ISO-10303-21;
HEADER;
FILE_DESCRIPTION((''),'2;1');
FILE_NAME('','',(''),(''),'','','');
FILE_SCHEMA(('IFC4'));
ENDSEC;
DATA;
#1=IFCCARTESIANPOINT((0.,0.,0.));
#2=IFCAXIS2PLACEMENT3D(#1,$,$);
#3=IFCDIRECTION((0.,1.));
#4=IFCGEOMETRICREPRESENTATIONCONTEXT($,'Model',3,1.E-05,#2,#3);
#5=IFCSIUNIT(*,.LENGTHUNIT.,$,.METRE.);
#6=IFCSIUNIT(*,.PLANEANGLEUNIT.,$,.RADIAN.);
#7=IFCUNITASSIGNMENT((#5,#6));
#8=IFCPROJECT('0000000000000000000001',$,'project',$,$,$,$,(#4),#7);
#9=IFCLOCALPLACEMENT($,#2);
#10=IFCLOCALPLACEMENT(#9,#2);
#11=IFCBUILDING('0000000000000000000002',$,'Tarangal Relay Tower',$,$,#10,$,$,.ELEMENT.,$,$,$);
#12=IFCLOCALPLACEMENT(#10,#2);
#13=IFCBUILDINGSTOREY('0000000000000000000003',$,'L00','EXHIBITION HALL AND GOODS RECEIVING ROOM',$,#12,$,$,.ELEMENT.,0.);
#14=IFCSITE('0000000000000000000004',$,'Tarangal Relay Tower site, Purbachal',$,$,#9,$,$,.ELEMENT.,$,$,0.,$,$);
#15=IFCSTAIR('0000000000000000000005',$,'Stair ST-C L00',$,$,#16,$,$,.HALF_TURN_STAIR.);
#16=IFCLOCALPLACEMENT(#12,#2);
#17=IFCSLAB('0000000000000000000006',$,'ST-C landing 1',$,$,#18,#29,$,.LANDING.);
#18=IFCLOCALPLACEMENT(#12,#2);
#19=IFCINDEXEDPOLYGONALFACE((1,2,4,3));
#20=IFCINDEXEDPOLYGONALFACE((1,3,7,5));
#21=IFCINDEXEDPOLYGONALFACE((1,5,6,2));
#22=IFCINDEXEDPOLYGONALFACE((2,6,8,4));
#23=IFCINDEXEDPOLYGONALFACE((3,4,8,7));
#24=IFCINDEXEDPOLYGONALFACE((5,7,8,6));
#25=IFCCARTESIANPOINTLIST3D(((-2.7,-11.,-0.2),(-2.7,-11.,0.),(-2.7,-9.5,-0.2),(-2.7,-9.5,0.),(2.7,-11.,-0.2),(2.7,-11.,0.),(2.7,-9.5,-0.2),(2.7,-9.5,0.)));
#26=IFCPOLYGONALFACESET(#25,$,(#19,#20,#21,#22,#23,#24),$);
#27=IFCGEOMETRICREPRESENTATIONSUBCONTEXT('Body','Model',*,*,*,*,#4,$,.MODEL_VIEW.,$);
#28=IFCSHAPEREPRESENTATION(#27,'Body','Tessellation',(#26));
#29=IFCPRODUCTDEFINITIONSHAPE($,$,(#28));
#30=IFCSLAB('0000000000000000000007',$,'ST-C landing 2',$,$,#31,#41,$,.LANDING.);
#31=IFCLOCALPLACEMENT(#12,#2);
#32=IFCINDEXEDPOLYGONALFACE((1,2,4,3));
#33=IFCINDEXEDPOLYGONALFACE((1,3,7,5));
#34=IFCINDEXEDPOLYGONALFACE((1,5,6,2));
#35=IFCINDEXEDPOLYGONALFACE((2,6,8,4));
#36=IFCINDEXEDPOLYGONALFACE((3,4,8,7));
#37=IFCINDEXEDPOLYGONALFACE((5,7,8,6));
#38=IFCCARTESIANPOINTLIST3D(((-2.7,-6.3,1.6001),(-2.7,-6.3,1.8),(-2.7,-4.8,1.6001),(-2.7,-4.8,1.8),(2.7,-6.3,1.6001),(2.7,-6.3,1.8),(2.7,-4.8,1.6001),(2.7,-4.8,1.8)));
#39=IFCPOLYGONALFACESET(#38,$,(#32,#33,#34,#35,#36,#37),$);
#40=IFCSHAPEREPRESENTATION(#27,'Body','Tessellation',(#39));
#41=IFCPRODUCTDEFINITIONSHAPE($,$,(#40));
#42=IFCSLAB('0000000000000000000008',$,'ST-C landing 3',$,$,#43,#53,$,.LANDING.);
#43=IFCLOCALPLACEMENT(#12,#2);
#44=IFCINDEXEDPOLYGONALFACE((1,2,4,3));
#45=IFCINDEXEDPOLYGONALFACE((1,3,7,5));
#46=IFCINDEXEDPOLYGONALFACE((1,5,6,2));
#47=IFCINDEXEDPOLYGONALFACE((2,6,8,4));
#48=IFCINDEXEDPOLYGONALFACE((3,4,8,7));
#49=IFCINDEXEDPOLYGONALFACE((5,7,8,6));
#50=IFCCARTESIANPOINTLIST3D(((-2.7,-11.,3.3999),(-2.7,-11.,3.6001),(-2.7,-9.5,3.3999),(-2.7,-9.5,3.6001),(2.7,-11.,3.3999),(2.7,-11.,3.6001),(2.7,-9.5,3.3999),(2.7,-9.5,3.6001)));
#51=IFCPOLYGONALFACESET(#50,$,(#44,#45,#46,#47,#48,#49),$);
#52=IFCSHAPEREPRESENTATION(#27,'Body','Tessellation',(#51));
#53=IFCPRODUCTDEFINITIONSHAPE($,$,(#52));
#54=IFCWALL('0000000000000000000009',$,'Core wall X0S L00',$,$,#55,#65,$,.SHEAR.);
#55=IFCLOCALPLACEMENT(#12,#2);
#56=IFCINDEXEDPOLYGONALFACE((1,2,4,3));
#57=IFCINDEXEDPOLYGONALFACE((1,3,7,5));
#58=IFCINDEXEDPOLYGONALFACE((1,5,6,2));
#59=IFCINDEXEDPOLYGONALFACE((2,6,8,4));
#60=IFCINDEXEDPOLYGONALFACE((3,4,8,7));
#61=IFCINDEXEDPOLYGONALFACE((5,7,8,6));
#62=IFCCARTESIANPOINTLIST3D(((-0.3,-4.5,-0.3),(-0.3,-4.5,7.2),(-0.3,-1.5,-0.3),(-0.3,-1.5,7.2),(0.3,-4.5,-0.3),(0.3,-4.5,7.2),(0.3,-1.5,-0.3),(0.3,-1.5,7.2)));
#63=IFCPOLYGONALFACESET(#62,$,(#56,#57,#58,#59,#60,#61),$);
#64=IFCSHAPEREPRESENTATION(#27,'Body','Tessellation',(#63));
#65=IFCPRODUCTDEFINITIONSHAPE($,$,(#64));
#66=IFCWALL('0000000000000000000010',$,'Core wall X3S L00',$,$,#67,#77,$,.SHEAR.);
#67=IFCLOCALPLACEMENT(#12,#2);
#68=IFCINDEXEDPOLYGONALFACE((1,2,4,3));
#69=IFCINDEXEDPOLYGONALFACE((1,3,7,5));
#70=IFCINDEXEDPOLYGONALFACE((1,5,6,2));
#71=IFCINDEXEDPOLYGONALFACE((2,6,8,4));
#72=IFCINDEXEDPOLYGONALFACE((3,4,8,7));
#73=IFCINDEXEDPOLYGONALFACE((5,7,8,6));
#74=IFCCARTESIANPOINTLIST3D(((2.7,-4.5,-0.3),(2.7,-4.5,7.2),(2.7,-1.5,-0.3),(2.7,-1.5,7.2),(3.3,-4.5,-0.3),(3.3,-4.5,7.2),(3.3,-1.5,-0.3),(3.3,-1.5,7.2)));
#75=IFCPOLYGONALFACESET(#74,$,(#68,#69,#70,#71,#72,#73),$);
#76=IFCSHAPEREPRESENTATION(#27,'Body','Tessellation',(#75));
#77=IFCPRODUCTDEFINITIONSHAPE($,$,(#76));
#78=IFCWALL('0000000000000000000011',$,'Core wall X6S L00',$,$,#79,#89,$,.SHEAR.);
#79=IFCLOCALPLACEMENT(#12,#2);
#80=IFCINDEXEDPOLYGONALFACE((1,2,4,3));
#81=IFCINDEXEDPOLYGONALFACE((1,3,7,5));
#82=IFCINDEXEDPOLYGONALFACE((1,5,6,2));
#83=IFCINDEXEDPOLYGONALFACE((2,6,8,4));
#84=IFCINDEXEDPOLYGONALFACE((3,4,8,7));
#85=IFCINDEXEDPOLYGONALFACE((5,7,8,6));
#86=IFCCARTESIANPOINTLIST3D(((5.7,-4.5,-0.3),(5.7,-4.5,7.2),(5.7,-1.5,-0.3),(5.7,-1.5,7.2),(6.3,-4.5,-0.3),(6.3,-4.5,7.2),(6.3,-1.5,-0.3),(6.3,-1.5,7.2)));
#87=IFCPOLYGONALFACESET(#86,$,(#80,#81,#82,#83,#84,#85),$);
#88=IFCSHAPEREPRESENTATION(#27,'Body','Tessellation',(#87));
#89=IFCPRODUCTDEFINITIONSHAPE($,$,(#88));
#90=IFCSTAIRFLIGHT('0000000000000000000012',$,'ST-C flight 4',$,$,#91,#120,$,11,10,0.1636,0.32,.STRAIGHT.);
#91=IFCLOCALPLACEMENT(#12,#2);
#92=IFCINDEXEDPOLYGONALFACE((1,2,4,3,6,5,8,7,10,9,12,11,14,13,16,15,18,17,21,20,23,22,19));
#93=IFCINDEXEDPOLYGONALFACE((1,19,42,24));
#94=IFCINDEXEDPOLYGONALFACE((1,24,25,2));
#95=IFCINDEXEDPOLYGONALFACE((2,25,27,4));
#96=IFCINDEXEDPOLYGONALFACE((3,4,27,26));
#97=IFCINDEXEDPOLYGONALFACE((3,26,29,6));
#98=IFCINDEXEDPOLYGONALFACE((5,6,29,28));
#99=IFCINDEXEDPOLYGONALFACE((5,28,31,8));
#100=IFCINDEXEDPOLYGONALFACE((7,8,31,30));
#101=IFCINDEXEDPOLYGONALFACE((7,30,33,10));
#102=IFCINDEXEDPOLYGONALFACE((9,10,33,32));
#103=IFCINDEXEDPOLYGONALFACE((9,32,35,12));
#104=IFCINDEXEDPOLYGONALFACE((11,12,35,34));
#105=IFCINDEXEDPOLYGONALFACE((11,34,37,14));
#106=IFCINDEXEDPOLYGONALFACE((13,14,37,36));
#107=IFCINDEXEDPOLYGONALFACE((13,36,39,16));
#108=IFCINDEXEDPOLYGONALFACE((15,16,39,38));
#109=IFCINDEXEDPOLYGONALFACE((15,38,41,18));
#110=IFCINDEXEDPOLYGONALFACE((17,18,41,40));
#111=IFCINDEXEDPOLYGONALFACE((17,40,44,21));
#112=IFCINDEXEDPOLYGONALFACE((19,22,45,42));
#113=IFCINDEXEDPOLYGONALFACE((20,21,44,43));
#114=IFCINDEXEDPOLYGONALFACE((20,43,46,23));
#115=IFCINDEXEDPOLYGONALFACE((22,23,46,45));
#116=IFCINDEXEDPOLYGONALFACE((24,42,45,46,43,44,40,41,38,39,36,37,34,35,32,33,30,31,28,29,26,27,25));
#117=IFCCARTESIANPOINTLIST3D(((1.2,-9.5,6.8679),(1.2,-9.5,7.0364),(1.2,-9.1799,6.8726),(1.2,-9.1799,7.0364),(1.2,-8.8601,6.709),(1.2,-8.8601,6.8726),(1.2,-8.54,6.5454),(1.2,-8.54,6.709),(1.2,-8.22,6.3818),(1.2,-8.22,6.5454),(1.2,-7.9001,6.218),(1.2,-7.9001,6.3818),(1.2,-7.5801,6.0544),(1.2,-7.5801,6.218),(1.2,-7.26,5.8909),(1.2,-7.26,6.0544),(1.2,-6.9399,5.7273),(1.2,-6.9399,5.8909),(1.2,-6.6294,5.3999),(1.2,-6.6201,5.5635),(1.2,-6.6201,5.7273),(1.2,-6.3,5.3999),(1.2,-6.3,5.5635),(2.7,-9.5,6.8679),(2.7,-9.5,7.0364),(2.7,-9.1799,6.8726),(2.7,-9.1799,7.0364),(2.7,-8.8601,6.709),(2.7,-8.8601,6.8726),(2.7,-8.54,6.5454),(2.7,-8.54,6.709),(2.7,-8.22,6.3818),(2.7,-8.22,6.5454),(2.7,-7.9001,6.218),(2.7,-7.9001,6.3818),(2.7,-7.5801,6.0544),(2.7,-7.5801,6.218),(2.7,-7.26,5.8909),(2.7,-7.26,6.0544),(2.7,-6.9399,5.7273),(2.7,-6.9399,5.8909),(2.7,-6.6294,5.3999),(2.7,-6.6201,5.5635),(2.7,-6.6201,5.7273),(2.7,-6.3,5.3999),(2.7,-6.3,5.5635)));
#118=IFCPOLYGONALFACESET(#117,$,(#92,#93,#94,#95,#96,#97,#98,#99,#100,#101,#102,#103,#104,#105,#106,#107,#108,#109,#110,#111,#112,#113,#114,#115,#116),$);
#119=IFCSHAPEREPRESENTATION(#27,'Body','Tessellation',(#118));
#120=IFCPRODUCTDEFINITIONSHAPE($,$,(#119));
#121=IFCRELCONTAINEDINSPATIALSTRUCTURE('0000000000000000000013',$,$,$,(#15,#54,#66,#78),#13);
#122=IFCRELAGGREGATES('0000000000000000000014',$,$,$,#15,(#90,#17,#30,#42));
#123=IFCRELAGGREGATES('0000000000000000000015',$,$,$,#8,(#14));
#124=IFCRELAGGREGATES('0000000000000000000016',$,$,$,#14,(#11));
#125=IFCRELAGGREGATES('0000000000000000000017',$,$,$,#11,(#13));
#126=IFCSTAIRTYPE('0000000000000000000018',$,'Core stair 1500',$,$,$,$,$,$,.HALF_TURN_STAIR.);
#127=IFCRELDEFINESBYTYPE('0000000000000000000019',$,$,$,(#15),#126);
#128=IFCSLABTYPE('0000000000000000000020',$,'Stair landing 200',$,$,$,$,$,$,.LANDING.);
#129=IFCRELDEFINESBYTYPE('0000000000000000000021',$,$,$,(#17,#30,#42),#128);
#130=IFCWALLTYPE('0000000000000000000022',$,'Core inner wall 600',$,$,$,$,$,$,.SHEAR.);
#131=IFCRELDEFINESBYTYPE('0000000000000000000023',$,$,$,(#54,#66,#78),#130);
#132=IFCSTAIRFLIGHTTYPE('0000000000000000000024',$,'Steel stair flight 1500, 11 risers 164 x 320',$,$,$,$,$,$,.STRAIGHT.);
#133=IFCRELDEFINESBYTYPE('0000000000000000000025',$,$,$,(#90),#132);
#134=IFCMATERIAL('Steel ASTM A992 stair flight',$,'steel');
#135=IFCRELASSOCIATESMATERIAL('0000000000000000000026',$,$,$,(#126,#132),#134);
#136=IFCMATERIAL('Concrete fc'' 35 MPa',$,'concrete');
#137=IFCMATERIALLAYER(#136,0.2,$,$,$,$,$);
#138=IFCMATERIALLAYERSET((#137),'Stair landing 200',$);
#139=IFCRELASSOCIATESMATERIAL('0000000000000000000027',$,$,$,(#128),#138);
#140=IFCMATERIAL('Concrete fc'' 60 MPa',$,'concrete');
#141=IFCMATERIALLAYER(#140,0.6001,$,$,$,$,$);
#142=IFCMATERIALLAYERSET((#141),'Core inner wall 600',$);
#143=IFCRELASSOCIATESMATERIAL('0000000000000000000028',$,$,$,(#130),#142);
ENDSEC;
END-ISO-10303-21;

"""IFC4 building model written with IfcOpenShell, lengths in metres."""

from ifc_helpers import new_model, si_unit, direction, frame, frame_2d, origin, place, context, subcontext, project, spatial, polyline, rectangle, outline, extrude, material, layer, layer_set, type_object, element, aggregate, save


model = new_model("IFC4")

# Units and contexts
model_context = context("Model", 3, precision=1e-05, world=origin(), true_north=direction((0.0, 1.0)))
body_context = subcontext(model_context, "Body", "Model", "MODEL_VIEW")
ifc_project = project(units=[si_unit("LENGTHUNIT", "METRE"), si_unit("PLANEANGLEUNIT", "RADIAN")], contexts=[model_context])

# Site, building, storey
site_placement = place(None, origin())
site = spatial("IfcSite", under=ifc_project, at=site_placement, Name="Tarangal Relay Tower site, Purbachal", CompositionType="ELEMENT", RefElevation=0.0)
building_placement = place(site_placement, origin())
building = spatial("IfcBuilding", under=site, at=building_placement, Name="Tarangal Relay Tower", CompositionType="ELEMENT")
storey_placement = place(building_placement, origin())
storey = spatial("IfcBuildingStorey", under=building, at=storey_placement, Name="L00", Description="EXHIBITION HALL AND GOODS RECEIVING ROOM", CompositionType="ELEMENT", Elevation=0.0)

# Stair, slabs
ifc_material_1 = material(Name="Steel ASTM A992 stair flight", Category="steel")
stair_type = type_object("IfcStairType", Name="Core stair 1500", PredefinedType="HALF_TURN_STAIR", material=ifc_material_1)
ifc_material_2 = material(Name="Concrete fc' 35 MPa", Category="concrete")
ifc_layer_1 = layer(ifc_material_2, 0.2)
ifc_layer_set_1 = layer_set([ifc_layer_1], Name="Stair landing 200")
slab_type = type_object("IfcSlabType", Name="Stair landing 200", PredefinedType="LANDING", material=ifc_layer_set_1)
stair_1_placement = place(storey_placement, origin())
stair_1 = element("IfcStair", 1, at=stair_1_placement, inside=storey, type_object=stair_type, Name="Stair ST-C L00", PredefinedType="HALF_TURN_STAIR")
slab_1_placement = place(storey_placement, frame((0.0, 0.0, -0.2)))
slab_1 = element("IfcSlab", 2, at=slab_1_placement, type_object=slab_type, Name="ST-C landing 1", PredefinedType="LANDING", context=body_context, shape_type="SweptSolid", body=[
    extrude(outline(polyline([(-2.7, -11.0), (2.7, -11.0), (2.7, -9.5), (-2.7, -9.5), (-2.7, -11.0)])), origin(), (0.0, 0.0, 1.0), 0.2),
])
slab_2_placement = place(storey_placement, frame((0.0, 0.0, 1.6001)))
slab_2 = element("IfcSlab", 3, at=slab_2_placement, type_object=slab_type, Name="ST-C landing 2", PredefinedType="LANDING", context=body_context, shape_type="SweptSolid", body=[
    extrude(outline(polyline([(-2.7, -6.3), (2.7, -6.3), (2.7, -4.8), (-2.7, -4.8), (-2.7, -6.3)])), origin(), (0.0, 0.0, 1.0), 0.2),
])
slab_3_placement = place(storey_placement, frame((0.0, 0.0, 3.3999)))
slab_3 = element("IfcSlab", 4, at=slab_3_placement, type_object=slab_type, Name="ST-C landing 3", PredefinedType="LANDING", context=body_context, shape_type="SweptSolid", body=[
    extrude(outline(polyline([(-2.7, -11.0), (2.7, -11.0), (2.7, -9.5), (-2.7, -9.5), (-2.7, -11.0)])), origin(), (0.0, 0.0, 1.0), 0.2002),
])

# Walls
ifc_material_3 = material(Name="Concrete fc' 60 MPa", Category="concrete")
ifc_layer_2 = layer(ifc_material_3, 0.6001)
ifc_layer_set_2 = layer_set([ifc_layer_2], Name="Core inner wall 600")
wall_type = type_object("IfcWallType", Name="Core inner wall 600", PredefinedType="SHEAR", material=ifc_layer_set_2)
for number, where, z_axis, x_axis, name in (
    (5, (0.0, -4.5, -0.3), (0.0, 0.0, 1.0), (0.0, 1.0, 0.0), "Core wall X0S L00"),
    (6, (3.0, -4.5, -0.3), (0.0, 0.0, 1.0), (0.0, 1.0, 0.0), "Core wall X3S L00"),
    (7, (6.0, -4.5, -0.3), (0.0, 0.0, 1.0), (0.0, 1.0, 0.0), "Core wall X6S L00"),
):
    element("IfcWall", number, at=place(storey_placement, frame(where, z_axis=z_axis, x_axis=x_axis)), inside=storey, type_object=wall_type, Name=name, PredefinedType="SHEAR", context=body_context, shape_type="SweptSolid", body=[
        extrude(rectangle(XDim=3.0, YDim=0.6001, at=frame_2d((1.5, 0.0))), origin(), (0.0, 0.0, 1.0), 7.5),
    ])

# Stair flight
stair_flight_type = type_object("IfcStairFlightType", Name="Steel stair flight 1500, 11 risers 164 x 320", PredefinedType="STRAIGHT", material=ifc_material_1)
stair_flight_placement = place(storey_placement, frame((1.95, -6.3, 5.3999), z_axis=(0.0, 0.0, 1.0), x_axis=(0.0, -1.0, 0.0)))
stair_flight = element("IfcStairFlight", 8, at=stair_flight_placement, type_object=stair_flight_type, Name="ST-C flight 4", NumberOfRisers=11, NumberOfTreads=10, PredefinedType="STRAIGHT", RiserHeight=0.1636, TreadLength=0.32, context=body_context, shape_type="SweptSolid", body=[
    extrude(outline(polyline([(0.0, 0.0), (0.0, 0.1636), (0.3201, 0.1636), (0.3201, 0.3274), (0.6399, 0.3274), (0.6399, 0.491), (0.96, 0.491), (0.96, 0.6545), (1.28, 0.6545), (1.28, 0.8181), (1.6001, 0.8181), (1.6001, 0.9819), (1.9199, 0.9819), (1.9199, 1.1455), (2.24, 1.1455), (2.24, 1.3091), (2.5601, 1.3091), (2.5601, 1.4727), (2.8799, 1.4727), (2.8799, 1.6365), (3.2, 1.6365), (3.2, 1.8), (3.2, 1.468), (0.3293, 0.0), (0.0, 0.0)])), frame((0.0, 0.75, 0.0), z_axis=(0.0, -1.0, 0.0), x_axis=(1.0, 0.0, 0.0)), (0.0, 0.0, 1.0), 1.5),
])
aggregate(stair_1, [stair_flight, slab_1, slab_2, slab_3])

save(model, "model.ifc")
